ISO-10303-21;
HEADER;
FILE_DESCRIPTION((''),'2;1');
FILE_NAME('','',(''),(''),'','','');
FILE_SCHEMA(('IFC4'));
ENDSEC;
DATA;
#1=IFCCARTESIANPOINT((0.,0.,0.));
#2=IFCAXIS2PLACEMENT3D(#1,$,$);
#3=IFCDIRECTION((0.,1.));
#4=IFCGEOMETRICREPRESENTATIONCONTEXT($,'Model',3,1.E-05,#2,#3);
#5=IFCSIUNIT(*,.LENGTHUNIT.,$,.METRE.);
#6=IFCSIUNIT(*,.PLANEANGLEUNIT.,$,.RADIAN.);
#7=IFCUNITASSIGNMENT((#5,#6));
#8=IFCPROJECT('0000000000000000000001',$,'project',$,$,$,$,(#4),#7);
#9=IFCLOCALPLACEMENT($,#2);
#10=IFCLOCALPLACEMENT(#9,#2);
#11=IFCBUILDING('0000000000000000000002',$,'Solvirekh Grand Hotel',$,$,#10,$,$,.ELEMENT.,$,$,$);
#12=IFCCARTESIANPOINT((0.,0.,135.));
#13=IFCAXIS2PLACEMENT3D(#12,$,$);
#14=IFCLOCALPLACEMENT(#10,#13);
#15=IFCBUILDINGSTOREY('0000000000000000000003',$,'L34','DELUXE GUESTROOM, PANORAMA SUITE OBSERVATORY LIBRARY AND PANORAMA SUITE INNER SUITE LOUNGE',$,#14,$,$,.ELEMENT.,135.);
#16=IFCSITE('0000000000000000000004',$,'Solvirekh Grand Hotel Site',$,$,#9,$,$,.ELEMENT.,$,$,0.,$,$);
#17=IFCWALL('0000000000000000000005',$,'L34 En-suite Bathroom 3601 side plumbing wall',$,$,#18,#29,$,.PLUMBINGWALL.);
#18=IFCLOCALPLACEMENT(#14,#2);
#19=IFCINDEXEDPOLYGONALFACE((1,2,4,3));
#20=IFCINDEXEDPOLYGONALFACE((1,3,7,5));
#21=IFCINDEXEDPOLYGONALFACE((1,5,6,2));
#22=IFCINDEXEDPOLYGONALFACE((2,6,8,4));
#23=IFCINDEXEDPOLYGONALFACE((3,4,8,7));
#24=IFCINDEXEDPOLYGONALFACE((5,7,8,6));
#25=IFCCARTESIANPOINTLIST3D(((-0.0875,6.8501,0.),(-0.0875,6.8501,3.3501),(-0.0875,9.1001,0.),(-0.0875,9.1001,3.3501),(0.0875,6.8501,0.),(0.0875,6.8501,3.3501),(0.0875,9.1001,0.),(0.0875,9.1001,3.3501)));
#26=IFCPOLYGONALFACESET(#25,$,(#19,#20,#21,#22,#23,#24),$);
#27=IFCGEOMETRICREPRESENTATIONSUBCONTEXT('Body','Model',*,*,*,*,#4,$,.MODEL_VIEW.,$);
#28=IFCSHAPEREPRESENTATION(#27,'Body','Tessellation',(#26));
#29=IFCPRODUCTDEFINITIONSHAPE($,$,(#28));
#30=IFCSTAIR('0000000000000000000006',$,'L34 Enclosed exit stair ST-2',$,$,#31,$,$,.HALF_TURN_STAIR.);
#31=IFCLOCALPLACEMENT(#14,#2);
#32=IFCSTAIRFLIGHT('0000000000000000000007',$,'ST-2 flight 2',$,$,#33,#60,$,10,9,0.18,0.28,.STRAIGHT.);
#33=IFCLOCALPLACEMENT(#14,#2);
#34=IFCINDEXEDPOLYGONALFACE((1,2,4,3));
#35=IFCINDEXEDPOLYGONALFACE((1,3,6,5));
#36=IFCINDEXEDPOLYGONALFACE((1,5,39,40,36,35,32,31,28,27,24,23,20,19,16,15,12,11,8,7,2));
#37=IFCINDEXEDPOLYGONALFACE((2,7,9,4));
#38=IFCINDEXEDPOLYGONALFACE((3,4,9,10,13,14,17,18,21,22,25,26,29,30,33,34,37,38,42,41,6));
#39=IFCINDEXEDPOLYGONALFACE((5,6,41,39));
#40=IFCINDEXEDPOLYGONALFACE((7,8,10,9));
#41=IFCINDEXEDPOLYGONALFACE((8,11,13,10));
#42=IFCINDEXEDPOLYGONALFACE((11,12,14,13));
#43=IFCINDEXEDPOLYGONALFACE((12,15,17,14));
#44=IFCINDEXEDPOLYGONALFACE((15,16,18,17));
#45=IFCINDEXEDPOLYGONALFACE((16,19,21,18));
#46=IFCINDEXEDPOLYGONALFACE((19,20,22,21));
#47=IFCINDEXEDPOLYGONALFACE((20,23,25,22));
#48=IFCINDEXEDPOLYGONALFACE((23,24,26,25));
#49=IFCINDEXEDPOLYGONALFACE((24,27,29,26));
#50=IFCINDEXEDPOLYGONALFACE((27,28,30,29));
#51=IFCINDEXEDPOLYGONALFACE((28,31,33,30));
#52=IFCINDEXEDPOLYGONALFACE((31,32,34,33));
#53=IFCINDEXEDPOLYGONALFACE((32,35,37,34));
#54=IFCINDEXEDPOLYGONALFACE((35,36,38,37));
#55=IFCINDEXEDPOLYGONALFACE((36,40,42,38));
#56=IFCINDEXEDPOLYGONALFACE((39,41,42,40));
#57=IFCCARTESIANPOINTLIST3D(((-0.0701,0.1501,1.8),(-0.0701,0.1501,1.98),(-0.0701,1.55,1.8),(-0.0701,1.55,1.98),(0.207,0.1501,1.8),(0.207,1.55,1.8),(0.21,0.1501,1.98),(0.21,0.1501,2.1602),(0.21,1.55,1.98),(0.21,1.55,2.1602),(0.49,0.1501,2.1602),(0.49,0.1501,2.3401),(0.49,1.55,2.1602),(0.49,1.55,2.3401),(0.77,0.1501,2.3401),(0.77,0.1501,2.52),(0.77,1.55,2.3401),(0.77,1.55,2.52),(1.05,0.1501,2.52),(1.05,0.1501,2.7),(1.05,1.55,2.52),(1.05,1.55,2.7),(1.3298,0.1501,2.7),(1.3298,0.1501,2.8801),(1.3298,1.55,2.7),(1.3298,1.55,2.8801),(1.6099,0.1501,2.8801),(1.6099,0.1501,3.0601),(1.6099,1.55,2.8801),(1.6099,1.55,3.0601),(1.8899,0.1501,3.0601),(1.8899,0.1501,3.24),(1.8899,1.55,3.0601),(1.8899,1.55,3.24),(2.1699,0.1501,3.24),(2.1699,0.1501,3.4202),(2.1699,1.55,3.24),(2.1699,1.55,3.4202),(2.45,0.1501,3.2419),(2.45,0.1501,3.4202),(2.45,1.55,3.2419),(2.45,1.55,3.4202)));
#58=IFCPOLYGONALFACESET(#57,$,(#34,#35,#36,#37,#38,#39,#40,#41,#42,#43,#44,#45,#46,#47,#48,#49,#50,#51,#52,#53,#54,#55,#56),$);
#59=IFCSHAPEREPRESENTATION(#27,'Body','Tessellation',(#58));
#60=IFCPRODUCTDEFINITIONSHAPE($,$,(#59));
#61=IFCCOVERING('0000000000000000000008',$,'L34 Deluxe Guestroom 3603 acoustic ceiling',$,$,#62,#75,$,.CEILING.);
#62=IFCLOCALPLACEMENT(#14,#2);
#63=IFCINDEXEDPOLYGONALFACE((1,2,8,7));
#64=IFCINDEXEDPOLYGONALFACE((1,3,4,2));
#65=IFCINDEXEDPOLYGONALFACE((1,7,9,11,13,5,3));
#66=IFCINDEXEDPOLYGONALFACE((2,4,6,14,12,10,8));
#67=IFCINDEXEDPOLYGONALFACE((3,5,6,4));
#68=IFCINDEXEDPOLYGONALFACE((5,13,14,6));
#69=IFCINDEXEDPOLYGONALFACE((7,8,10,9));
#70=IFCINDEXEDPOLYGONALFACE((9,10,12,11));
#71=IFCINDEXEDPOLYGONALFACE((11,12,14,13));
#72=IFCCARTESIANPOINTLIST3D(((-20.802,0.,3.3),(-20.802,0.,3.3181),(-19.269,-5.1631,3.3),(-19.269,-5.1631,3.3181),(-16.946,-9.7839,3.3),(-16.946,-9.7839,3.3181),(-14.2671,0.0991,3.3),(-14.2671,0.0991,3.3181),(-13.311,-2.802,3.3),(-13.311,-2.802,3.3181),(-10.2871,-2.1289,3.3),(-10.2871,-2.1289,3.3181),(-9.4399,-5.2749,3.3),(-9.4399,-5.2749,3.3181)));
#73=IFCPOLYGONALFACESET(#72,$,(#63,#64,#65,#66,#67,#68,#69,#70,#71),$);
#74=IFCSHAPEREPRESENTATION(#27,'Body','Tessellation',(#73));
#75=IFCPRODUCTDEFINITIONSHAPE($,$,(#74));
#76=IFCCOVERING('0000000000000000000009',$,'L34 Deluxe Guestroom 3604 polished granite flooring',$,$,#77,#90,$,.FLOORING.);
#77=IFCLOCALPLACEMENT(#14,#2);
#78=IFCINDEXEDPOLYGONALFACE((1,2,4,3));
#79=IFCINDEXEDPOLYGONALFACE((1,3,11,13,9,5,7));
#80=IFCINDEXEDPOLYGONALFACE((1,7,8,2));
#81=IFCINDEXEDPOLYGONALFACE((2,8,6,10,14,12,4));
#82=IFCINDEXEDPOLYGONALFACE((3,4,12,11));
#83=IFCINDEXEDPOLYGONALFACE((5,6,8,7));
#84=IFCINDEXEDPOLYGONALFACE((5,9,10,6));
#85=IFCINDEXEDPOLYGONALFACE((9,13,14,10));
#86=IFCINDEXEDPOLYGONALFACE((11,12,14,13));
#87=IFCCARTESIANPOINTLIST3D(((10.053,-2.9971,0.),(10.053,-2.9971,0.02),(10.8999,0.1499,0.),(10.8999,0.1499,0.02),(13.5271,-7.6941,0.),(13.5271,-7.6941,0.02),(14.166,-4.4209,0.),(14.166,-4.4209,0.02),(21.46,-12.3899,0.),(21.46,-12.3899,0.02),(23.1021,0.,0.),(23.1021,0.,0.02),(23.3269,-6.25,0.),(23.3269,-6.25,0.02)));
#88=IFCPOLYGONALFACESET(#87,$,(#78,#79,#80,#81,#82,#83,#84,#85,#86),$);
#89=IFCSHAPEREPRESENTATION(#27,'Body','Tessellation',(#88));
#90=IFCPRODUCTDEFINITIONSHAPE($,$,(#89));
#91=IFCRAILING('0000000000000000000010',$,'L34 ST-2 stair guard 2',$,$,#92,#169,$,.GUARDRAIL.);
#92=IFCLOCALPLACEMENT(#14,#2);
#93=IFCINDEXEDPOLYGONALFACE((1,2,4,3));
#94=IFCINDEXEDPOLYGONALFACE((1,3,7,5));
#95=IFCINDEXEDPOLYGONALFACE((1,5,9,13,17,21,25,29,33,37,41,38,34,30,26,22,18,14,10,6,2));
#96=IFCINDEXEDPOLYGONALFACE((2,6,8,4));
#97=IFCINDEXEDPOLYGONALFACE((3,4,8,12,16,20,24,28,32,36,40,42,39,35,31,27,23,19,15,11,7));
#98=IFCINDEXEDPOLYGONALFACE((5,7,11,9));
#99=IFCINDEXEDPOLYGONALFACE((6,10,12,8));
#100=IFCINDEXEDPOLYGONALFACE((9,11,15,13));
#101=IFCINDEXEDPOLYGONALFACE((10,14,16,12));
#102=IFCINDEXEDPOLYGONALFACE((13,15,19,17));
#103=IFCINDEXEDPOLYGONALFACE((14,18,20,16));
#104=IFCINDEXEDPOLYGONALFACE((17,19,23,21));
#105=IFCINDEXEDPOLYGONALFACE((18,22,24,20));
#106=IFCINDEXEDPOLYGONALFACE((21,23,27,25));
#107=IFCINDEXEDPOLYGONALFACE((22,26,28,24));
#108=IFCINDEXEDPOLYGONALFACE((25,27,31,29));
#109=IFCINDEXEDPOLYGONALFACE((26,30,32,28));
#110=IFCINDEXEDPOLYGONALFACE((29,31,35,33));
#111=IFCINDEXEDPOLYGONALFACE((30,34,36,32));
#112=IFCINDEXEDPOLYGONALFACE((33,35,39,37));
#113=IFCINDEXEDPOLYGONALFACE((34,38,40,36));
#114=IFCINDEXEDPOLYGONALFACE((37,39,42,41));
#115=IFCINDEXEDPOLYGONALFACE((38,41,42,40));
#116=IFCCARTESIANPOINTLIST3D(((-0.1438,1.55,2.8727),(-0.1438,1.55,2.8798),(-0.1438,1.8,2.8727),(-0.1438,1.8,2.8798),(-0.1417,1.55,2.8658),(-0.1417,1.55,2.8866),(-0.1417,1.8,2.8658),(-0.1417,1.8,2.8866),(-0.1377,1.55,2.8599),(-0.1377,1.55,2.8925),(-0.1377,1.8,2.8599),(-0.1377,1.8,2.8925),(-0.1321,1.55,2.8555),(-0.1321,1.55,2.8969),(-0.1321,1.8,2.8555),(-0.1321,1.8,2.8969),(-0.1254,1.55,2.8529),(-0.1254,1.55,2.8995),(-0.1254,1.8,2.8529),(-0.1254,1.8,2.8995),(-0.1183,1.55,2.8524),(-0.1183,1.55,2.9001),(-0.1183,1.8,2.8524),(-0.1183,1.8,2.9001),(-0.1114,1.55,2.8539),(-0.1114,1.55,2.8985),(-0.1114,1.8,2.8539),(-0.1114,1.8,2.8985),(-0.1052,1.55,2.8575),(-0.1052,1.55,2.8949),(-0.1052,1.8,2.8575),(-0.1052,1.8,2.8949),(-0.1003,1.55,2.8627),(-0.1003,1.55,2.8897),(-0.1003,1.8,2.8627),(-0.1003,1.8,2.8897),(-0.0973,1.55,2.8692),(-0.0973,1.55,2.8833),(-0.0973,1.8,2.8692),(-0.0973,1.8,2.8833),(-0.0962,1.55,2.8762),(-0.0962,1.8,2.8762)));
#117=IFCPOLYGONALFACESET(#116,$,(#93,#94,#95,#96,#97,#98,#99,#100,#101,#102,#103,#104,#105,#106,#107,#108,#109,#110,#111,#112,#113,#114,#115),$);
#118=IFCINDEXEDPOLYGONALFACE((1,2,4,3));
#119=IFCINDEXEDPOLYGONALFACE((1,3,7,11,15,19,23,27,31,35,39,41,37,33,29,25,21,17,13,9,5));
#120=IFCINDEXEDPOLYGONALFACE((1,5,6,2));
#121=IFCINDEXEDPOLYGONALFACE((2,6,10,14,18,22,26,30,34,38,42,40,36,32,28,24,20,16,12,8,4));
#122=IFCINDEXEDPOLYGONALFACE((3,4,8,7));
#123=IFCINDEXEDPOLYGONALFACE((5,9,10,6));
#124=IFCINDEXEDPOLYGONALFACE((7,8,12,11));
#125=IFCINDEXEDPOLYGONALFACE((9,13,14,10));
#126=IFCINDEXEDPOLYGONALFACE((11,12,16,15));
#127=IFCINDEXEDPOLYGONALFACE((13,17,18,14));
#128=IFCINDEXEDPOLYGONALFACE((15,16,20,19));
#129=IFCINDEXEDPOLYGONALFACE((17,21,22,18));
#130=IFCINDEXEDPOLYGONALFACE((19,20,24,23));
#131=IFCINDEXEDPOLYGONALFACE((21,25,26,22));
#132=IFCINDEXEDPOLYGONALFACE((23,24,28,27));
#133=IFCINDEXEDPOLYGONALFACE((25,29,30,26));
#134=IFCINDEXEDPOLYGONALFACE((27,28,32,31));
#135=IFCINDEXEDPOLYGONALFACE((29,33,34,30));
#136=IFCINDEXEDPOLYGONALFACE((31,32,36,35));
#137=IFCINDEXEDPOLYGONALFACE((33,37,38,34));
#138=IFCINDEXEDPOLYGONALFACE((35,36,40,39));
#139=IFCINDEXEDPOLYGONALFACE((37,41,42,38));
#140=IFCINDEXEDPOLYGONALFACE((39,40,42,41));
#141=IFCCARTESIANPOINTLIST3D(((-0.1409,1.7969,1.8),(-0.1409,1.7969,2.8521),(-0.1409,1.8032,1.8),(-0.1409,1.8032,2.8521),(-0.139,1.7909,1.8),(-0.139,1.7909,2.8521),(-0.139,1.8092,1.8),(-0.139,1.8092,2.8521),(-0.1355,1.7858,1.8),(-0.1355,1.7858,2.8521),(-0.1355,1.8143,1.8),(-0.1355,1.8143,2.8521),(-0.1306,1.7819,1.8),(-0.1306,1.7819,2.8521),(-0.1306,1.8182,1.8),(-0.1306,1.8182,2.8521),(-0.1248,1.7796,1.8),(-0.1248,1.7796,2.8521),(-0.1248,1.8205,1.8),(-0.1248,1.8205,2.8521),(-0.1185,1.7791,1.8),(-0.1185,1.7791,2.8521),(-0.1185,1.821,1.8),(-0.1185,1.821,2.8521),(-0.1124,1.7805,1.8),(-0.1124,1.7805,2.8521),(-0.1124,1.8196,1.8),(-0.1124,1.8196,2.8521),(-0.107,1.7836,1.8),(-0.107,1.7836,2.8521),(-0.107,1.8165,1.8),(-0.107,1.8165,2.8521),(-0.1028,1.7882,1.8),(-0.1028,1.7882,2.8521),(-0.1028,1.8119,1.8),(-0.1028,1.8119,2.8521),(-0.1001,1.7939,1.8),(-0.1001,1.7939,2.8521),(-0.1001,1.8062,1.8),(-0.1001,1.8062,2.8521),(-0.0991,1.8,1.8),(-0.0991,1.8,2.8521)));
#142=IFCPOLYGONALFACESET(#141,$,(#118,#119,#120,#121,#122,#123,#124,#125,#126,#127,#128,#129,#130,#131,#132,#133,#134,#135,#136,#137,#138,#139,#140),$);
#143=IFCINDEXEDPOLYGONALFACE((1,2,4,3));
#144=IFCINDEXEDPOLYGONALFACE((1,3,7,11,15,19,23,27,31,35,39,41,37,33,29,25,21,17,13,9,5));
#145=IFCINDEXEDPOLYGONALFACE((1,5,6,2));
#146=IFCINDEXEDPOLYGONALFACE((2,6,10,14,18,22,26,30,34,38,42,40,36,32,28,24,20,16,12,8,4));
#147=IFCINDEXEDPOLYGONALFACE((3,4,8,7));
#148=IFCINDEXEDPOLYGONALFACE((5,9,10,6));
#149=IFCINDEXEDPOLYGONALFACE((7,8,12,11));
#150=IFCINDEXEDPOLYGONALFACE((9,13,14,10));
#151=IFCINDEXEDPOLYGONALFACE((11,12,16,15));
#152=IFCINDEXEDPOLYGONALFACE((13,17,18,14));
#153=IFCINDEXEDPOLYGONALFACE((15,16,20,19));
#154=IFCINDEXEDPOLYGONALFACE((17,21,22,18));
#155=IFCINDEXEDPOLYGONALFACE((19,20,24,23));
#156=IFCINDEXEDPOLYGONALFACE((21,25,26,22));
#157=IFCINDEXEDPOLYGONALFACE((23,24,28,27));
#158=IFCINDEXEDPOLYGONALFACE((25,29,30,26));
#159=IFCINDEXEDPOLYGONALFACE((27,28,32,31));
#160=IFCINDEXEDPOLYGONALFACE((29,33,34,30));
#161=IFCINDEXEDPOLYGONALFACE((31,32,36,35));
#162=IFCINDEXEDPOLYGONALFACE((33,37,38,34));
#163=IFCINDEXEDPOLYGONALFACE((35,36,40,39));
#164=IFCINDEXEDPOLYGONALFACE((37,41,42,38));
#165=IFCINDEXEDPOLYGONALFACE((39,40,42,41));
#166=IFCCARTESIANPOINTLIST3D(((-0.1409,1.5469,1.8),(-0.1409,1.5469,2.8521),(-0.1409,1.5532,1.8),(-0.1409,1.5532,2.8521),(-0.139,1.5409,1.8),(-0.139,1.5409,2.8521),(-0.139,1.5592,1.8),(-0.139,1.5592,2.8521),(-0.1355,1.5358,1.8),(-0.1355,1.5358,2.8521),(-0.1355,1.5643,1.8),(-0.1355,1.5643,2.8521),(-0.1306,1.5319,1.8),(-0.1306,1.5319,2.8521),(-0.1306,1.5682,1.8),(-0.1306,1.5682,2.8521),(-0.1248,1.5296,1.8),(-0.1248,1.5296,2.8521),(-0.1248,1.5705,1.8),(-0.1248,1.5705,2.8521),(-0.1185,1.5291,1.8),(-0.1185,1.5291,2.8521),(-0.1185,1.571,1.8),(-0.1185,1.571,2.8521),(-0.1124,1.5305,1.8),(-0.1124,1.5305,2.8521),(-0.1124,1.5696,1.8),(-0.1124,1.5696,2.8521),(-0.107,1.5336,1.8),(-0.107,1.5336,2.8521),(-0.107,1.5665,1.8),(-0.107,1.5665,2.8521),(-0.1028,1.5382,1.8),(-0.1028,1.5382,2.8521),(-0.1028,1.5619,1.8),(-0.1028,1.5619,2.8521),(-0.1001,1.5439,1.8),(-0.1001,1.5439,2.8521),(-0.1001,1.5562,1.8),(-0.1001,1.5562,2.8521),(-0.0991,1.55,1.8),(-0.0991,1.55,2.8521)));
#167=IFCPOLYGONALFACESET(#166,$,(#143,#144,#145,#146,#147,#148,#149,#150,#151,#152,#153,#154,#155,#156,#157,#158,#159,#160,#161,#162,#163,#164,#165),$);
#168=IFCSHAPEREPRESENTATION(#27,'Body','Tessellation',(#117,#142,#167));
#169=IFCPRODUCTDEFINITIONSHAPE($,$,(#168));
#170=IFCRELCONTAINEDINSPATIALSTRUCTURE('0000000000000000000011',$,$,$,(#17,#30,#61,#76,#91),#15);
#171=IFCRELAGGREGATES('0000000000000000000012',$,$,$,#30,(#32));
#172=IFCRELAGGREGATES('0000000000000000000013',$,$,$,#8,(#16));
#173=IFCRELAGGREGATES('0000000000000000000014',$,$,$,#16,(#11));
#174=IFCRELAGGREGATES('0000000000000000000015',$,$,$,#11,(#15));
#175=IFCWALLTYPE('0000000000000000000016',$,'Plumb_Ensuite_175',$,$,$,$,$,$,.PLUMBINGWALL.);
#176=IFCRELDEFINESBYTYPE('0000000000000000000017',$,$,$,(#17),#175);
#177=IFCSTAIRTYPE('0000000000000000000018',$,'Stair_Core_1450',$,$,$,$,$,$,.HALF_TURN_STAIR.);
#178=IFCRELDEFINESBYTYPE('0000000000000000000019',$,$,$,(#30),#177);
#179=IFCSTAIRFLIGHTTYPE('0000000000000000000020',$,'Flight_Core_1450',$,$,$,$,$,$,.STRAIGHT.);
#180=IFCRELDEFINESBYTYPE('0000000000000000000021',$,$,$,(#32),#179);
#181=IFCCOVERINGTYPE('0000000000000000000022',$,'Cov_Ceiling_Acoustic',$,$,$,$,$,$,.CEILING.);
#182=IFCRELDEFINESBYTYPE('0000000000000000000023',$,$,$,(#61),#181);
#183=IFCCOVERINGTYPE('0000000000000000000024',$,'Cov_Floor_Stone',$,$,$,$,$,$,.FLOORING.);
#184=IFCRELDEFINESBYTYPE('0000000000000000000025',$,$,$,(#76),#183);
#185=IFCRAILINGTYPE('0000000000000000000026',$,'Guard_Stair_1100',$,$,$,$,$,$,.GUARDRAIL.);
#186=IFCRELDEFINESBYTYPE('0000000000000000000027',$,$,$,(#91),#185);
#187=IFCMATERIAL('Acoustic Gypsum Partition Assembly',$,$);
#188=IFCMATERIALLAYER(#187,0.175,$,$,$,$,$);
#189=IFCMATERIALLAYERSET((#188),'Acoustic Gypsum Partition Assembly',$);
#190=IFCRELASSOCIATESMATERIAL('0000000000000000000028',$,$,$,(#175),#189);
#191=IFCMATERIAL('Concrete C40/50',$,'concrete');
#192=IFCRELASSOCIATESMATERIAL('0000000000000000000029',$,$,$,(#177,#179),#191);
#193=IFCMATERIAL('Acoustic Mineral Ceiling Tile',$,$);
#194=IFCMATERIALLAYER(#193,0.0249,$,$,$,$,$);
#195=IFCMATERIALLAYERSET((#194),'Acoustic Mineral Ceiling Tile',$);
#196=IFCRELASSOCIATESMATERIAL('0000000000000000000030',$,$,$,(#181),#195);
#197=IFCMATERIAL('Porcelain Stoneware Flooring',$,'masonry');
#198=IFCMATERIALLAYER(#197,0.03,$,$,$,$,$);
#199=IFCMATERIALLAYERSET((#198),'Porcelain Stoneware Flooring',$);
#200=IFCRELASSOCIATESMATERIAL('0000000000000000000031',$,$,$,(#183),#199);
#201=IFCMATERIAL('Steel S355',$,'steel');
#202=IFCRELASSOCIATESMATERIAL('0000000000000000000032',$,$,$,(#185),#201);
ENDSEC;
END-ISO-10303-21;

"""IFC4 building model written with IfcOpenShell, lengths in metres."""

from ifc_helpers import new_model, si_unit, direction, frame, frame_2d, origin, origin_2d, place, context, subcontext, project, spatial, polyline, rectangle, circle, outline, extrude, material, layer, layer_set, type_object, element, aggregate, save


model = new_model("IFC4")

# Units and contexts
model_context = context("Model", 3, precision=1e-05, world=origin(), true_north=direction((0.0, 1.0)))
body_context = subcontext(model_context, "Body", "Model", "MODEL_VIEW")
ifc_project = project(units=[si_unit("LENGTHUNIT", "METRE"), si_unit("PLANEANGLEUNIT", "RADIAN")], contexts=[model_context])

# Site, building, storey
site_placement = place(None, origin())
site = spatial("IfcSite", under=ifc_project, at=site_placement, Name="Solvirekh Grand Hotel Site", CompositionType="ELEMENT", RefElevation=0.0)
building_placement = place(site_placement, origin())
building = spatial("IfcBuilding", under=site, at=building_placement, Name="Solvirekh Grand Hotel", CompositionType="ELEMENT")
storey_placement = place(building_placement, frame((0.0, 0.0, 135.0)))
storey = spatial("IfcBuildingStorey", under=building, at=storey_placement, Name="L34", Description="DELUXE GUESTROOM, PANORAMA SUITE OBSERVATORY LIBRARY AND PANORAMA SUITE INNER SUITE LOUNGE", CompositionType="ELEMENT", Elevation=135.0)

# Shared definitions
ifc_material_1 = material(Name="Steel S355", Category="steel")

# Shared definitions
ifc_material_2 = material(Name="Concrete C40/50", Category="concrete")

# Shared definitions
ifc_material_3 = material(Name="Acoustic Gypsum Partition Assembly")

# Wall
ifc_layer_1 = layer(ifc_material_3, 0.175)
ifc_layer_set_1 = layer_set([ifc_layer_1], Name="Acoustic Gypsum Partition Assembly")
wall_type_1 = type_object("IfcWallType", Name="Plumb_Ensuite_175", PredefinedType="PLUMBINGWALL", material=ifc_layer_set_1)
for number, where, z_axis, x_axis, name in (
    (1, (0.0, 9.1001, 0.0), (0.0, 0.0, 1.0), (0.0, -1.0, 0.0), "L34 En-suite Bathroom 3601 side plumbing wall"),
):
    element("IfcWall", number, at=place(storey_placement, frame(where, z_axis=z_axis, x_axis=x_axis)), inside=storey, type_object=wall_type_1, Name=name, PredefinedType="PLUMBINGWALL", context=body_context, shape_type="SweptSolid", body=[
        extrude(rectangle(XDim=2.25, YDim=0.175, at=frame_2d((1.125, 0.0))), origin(), (0.0, 0.0, 1.0), 3.3501),
    ])

# Stair, stair flight
stair_type = type_object("IfcStairType", Name="Stair_Core_1450", PredefinedType="HALF_TURN_STAIR", material=ifc_material_2)
stair_placement = place(storey_placement, origin())
stair = element("IfcStair", 2, at=stair_placement, inside=storey, type_object=stair_type, Name="L34 Enclosed exit stair ST-2", PredefinedType="HALF_TURN_STAIR")
stair_flight_type = type_object("IfcStairFlightType", Name="Flight_Core_1450", PredefinedType="STRAIGHT", material=ifc_material_2)
stair_flight_placement = place(storey_placement, frame((-0.0701, 0.8501, 1.8), z_axis=(0.0, 0.0, 1.0), x_axis=(1.0, 0.0, 0.0)))
stair_flight = element("IfcStairFlight", 3, at=stair_flight_placement, type_object=stair_flight_type, Name="ST-2 flight 2", NumberOfRisers=10, NumberOfTreads=9, PredefinedType="STRAIGHT", RiserHeight=0.18, TreadLength=0.28, context=body_context, shape_type="SweptSolid", body=[
    extrude(outline(polyline([(0.0, 0.0), (0.0, 0.1799), (0.28, 0.1799), (0.28, 0.3601), (0.5601, 0.3601), (0.5601, 0.54), (0.8401, 0.54), (0.8401, 0.72), (1.1201, 0.72), (1.1201, 0.8999), (1.3999, 0.8999), (1.3999, 1.0801), (1.6799, 1.0801), (1.6799, 1.26), (1.96, 1.26), (1.96, 1.4399), (2.24, 1.4399), (2.24, 1.6201), (2.52, 1.6201), (2.52, 1.8), (2.52, 1.4419), (0.2771, 0.0), (0.0, 0.0)])), frame((0.0, 0.7, 0.0), z_axis=(0.0, -1.0, 0.0), x_axis=(1.0, 0.0, 0.0)), (0.0, 0.0, 1.0), 1.3999),
])
aggregate(stair, [stair_flight])

# Coverings
ifc_material_4 = material(Name="Acoustic Mineral Ceiling Tile")
ifc_layer_2 = layer(ifc_material_4, 0.0249)
ifc_layer_set_2 = layer_set([ifc_layer_2], Name="Acoustic Mineral Ceiling Tile")
covering_type_1 = type_object("IfcCoveringType", Name="Cov_Ceiling_Acoustic", PredefinedType="CEILING", material=ifc_layer_set_2)
covering_1_placement = place(storey_placement, frame((0.0, 0.0, 3.3)))
element("IfcCovering", 4, at=covering_1_placement, inside=storey, type_object=covering_type_1, Name="L34 Deluxe Guestroom 3603 acoustic ceiling", PredefinedType="CEILING", context=body_context, shape_type="SweptSolid", body=[
    extrude(outline(polyline([(-13.311, -2.802), (-14.2671, 0.0991), (-20.802, 0.0), (-19.269, -5.1631), (-16.946, -9.7839), (-9.4399, -5.2749), (-10.2871, -2.1289), (-13.311, -2.802)])), origin(), (0.0, 0.0, 1.0), 0.0181),
])
ifc_material_5 = material(Name="Porcelain Stoneware Flooring", Category="masonry")
ifc_layer_3 = layer(ifc_material_5, 0.03)
ifc_layer_set_3 = layer_set([ifc_layer_3], Name="Porcelain Stoneware Flooring")
covering_type_2 = type_object("IfcCoveringType", Name="Cov_Floor_Stone", PredefinedType="FLOORING", material=ifc_layer_set_3)
covering_2_placement = place(storey_placement, origin())
element("IfcCovering", 5, at=covering_2_placement, inside=storey, type_object=covering_type_2, Name="L34 Deluxe Guestroom 3604 polished granite flooring", PredefinedType="FLOORING", context=body_context, shape_type="SweptSolid", body=[
    extrude(outline(polyline([(14.166, -4.4209), (13.5271, -7.6941), (21.46, -12.3899), (23.3269, -6.25), (23.1021, 0.0), (10.8999, 0.1499), (10.053, -2.9971), (14.166, -4.4209)])), origin(), (0.0, 0.0, 1.0), 0.02),
])

# Railing
railing_type_1 = type_object("IfcRailingType", Name="Guard_Stair_1100", PredefinedType="GUARDRAIL", material=ifc_material_1)
railing_1_placement = place(storey_placement, frame((-0.1201, 1.8, 1.8)))
element("IfcRailing", 6, at=railing_1_placement, inside=storey, type_object=railing_type_1, Name="L34 ST-2 stair guard 2", PredefinedType="GUARDRAIL", context=body_context, shape_type="SweptSolid", body=[
    extrude(circle(Radius=0.0239, at=origin_2d()), frame((0.0, 0.0, 1.0762), z_axis=(0.0, -1.0, 0.0), x_axis=(1.0, 0.0, 0.0)), (0.0, 0.0, 1.0), 0.25),
    extrude(circle(Radius=0.021, at=origin_2d()), origin(), (0.0, 0.0, 1.0), 1.052),
    extrude(circle(Radius=0.021, at=origin_2d()), frame((0.0, -0.25, 0.0)), (0.0, 0.0, 1.0), 1.052),
])

save(model, "model.ifc")
